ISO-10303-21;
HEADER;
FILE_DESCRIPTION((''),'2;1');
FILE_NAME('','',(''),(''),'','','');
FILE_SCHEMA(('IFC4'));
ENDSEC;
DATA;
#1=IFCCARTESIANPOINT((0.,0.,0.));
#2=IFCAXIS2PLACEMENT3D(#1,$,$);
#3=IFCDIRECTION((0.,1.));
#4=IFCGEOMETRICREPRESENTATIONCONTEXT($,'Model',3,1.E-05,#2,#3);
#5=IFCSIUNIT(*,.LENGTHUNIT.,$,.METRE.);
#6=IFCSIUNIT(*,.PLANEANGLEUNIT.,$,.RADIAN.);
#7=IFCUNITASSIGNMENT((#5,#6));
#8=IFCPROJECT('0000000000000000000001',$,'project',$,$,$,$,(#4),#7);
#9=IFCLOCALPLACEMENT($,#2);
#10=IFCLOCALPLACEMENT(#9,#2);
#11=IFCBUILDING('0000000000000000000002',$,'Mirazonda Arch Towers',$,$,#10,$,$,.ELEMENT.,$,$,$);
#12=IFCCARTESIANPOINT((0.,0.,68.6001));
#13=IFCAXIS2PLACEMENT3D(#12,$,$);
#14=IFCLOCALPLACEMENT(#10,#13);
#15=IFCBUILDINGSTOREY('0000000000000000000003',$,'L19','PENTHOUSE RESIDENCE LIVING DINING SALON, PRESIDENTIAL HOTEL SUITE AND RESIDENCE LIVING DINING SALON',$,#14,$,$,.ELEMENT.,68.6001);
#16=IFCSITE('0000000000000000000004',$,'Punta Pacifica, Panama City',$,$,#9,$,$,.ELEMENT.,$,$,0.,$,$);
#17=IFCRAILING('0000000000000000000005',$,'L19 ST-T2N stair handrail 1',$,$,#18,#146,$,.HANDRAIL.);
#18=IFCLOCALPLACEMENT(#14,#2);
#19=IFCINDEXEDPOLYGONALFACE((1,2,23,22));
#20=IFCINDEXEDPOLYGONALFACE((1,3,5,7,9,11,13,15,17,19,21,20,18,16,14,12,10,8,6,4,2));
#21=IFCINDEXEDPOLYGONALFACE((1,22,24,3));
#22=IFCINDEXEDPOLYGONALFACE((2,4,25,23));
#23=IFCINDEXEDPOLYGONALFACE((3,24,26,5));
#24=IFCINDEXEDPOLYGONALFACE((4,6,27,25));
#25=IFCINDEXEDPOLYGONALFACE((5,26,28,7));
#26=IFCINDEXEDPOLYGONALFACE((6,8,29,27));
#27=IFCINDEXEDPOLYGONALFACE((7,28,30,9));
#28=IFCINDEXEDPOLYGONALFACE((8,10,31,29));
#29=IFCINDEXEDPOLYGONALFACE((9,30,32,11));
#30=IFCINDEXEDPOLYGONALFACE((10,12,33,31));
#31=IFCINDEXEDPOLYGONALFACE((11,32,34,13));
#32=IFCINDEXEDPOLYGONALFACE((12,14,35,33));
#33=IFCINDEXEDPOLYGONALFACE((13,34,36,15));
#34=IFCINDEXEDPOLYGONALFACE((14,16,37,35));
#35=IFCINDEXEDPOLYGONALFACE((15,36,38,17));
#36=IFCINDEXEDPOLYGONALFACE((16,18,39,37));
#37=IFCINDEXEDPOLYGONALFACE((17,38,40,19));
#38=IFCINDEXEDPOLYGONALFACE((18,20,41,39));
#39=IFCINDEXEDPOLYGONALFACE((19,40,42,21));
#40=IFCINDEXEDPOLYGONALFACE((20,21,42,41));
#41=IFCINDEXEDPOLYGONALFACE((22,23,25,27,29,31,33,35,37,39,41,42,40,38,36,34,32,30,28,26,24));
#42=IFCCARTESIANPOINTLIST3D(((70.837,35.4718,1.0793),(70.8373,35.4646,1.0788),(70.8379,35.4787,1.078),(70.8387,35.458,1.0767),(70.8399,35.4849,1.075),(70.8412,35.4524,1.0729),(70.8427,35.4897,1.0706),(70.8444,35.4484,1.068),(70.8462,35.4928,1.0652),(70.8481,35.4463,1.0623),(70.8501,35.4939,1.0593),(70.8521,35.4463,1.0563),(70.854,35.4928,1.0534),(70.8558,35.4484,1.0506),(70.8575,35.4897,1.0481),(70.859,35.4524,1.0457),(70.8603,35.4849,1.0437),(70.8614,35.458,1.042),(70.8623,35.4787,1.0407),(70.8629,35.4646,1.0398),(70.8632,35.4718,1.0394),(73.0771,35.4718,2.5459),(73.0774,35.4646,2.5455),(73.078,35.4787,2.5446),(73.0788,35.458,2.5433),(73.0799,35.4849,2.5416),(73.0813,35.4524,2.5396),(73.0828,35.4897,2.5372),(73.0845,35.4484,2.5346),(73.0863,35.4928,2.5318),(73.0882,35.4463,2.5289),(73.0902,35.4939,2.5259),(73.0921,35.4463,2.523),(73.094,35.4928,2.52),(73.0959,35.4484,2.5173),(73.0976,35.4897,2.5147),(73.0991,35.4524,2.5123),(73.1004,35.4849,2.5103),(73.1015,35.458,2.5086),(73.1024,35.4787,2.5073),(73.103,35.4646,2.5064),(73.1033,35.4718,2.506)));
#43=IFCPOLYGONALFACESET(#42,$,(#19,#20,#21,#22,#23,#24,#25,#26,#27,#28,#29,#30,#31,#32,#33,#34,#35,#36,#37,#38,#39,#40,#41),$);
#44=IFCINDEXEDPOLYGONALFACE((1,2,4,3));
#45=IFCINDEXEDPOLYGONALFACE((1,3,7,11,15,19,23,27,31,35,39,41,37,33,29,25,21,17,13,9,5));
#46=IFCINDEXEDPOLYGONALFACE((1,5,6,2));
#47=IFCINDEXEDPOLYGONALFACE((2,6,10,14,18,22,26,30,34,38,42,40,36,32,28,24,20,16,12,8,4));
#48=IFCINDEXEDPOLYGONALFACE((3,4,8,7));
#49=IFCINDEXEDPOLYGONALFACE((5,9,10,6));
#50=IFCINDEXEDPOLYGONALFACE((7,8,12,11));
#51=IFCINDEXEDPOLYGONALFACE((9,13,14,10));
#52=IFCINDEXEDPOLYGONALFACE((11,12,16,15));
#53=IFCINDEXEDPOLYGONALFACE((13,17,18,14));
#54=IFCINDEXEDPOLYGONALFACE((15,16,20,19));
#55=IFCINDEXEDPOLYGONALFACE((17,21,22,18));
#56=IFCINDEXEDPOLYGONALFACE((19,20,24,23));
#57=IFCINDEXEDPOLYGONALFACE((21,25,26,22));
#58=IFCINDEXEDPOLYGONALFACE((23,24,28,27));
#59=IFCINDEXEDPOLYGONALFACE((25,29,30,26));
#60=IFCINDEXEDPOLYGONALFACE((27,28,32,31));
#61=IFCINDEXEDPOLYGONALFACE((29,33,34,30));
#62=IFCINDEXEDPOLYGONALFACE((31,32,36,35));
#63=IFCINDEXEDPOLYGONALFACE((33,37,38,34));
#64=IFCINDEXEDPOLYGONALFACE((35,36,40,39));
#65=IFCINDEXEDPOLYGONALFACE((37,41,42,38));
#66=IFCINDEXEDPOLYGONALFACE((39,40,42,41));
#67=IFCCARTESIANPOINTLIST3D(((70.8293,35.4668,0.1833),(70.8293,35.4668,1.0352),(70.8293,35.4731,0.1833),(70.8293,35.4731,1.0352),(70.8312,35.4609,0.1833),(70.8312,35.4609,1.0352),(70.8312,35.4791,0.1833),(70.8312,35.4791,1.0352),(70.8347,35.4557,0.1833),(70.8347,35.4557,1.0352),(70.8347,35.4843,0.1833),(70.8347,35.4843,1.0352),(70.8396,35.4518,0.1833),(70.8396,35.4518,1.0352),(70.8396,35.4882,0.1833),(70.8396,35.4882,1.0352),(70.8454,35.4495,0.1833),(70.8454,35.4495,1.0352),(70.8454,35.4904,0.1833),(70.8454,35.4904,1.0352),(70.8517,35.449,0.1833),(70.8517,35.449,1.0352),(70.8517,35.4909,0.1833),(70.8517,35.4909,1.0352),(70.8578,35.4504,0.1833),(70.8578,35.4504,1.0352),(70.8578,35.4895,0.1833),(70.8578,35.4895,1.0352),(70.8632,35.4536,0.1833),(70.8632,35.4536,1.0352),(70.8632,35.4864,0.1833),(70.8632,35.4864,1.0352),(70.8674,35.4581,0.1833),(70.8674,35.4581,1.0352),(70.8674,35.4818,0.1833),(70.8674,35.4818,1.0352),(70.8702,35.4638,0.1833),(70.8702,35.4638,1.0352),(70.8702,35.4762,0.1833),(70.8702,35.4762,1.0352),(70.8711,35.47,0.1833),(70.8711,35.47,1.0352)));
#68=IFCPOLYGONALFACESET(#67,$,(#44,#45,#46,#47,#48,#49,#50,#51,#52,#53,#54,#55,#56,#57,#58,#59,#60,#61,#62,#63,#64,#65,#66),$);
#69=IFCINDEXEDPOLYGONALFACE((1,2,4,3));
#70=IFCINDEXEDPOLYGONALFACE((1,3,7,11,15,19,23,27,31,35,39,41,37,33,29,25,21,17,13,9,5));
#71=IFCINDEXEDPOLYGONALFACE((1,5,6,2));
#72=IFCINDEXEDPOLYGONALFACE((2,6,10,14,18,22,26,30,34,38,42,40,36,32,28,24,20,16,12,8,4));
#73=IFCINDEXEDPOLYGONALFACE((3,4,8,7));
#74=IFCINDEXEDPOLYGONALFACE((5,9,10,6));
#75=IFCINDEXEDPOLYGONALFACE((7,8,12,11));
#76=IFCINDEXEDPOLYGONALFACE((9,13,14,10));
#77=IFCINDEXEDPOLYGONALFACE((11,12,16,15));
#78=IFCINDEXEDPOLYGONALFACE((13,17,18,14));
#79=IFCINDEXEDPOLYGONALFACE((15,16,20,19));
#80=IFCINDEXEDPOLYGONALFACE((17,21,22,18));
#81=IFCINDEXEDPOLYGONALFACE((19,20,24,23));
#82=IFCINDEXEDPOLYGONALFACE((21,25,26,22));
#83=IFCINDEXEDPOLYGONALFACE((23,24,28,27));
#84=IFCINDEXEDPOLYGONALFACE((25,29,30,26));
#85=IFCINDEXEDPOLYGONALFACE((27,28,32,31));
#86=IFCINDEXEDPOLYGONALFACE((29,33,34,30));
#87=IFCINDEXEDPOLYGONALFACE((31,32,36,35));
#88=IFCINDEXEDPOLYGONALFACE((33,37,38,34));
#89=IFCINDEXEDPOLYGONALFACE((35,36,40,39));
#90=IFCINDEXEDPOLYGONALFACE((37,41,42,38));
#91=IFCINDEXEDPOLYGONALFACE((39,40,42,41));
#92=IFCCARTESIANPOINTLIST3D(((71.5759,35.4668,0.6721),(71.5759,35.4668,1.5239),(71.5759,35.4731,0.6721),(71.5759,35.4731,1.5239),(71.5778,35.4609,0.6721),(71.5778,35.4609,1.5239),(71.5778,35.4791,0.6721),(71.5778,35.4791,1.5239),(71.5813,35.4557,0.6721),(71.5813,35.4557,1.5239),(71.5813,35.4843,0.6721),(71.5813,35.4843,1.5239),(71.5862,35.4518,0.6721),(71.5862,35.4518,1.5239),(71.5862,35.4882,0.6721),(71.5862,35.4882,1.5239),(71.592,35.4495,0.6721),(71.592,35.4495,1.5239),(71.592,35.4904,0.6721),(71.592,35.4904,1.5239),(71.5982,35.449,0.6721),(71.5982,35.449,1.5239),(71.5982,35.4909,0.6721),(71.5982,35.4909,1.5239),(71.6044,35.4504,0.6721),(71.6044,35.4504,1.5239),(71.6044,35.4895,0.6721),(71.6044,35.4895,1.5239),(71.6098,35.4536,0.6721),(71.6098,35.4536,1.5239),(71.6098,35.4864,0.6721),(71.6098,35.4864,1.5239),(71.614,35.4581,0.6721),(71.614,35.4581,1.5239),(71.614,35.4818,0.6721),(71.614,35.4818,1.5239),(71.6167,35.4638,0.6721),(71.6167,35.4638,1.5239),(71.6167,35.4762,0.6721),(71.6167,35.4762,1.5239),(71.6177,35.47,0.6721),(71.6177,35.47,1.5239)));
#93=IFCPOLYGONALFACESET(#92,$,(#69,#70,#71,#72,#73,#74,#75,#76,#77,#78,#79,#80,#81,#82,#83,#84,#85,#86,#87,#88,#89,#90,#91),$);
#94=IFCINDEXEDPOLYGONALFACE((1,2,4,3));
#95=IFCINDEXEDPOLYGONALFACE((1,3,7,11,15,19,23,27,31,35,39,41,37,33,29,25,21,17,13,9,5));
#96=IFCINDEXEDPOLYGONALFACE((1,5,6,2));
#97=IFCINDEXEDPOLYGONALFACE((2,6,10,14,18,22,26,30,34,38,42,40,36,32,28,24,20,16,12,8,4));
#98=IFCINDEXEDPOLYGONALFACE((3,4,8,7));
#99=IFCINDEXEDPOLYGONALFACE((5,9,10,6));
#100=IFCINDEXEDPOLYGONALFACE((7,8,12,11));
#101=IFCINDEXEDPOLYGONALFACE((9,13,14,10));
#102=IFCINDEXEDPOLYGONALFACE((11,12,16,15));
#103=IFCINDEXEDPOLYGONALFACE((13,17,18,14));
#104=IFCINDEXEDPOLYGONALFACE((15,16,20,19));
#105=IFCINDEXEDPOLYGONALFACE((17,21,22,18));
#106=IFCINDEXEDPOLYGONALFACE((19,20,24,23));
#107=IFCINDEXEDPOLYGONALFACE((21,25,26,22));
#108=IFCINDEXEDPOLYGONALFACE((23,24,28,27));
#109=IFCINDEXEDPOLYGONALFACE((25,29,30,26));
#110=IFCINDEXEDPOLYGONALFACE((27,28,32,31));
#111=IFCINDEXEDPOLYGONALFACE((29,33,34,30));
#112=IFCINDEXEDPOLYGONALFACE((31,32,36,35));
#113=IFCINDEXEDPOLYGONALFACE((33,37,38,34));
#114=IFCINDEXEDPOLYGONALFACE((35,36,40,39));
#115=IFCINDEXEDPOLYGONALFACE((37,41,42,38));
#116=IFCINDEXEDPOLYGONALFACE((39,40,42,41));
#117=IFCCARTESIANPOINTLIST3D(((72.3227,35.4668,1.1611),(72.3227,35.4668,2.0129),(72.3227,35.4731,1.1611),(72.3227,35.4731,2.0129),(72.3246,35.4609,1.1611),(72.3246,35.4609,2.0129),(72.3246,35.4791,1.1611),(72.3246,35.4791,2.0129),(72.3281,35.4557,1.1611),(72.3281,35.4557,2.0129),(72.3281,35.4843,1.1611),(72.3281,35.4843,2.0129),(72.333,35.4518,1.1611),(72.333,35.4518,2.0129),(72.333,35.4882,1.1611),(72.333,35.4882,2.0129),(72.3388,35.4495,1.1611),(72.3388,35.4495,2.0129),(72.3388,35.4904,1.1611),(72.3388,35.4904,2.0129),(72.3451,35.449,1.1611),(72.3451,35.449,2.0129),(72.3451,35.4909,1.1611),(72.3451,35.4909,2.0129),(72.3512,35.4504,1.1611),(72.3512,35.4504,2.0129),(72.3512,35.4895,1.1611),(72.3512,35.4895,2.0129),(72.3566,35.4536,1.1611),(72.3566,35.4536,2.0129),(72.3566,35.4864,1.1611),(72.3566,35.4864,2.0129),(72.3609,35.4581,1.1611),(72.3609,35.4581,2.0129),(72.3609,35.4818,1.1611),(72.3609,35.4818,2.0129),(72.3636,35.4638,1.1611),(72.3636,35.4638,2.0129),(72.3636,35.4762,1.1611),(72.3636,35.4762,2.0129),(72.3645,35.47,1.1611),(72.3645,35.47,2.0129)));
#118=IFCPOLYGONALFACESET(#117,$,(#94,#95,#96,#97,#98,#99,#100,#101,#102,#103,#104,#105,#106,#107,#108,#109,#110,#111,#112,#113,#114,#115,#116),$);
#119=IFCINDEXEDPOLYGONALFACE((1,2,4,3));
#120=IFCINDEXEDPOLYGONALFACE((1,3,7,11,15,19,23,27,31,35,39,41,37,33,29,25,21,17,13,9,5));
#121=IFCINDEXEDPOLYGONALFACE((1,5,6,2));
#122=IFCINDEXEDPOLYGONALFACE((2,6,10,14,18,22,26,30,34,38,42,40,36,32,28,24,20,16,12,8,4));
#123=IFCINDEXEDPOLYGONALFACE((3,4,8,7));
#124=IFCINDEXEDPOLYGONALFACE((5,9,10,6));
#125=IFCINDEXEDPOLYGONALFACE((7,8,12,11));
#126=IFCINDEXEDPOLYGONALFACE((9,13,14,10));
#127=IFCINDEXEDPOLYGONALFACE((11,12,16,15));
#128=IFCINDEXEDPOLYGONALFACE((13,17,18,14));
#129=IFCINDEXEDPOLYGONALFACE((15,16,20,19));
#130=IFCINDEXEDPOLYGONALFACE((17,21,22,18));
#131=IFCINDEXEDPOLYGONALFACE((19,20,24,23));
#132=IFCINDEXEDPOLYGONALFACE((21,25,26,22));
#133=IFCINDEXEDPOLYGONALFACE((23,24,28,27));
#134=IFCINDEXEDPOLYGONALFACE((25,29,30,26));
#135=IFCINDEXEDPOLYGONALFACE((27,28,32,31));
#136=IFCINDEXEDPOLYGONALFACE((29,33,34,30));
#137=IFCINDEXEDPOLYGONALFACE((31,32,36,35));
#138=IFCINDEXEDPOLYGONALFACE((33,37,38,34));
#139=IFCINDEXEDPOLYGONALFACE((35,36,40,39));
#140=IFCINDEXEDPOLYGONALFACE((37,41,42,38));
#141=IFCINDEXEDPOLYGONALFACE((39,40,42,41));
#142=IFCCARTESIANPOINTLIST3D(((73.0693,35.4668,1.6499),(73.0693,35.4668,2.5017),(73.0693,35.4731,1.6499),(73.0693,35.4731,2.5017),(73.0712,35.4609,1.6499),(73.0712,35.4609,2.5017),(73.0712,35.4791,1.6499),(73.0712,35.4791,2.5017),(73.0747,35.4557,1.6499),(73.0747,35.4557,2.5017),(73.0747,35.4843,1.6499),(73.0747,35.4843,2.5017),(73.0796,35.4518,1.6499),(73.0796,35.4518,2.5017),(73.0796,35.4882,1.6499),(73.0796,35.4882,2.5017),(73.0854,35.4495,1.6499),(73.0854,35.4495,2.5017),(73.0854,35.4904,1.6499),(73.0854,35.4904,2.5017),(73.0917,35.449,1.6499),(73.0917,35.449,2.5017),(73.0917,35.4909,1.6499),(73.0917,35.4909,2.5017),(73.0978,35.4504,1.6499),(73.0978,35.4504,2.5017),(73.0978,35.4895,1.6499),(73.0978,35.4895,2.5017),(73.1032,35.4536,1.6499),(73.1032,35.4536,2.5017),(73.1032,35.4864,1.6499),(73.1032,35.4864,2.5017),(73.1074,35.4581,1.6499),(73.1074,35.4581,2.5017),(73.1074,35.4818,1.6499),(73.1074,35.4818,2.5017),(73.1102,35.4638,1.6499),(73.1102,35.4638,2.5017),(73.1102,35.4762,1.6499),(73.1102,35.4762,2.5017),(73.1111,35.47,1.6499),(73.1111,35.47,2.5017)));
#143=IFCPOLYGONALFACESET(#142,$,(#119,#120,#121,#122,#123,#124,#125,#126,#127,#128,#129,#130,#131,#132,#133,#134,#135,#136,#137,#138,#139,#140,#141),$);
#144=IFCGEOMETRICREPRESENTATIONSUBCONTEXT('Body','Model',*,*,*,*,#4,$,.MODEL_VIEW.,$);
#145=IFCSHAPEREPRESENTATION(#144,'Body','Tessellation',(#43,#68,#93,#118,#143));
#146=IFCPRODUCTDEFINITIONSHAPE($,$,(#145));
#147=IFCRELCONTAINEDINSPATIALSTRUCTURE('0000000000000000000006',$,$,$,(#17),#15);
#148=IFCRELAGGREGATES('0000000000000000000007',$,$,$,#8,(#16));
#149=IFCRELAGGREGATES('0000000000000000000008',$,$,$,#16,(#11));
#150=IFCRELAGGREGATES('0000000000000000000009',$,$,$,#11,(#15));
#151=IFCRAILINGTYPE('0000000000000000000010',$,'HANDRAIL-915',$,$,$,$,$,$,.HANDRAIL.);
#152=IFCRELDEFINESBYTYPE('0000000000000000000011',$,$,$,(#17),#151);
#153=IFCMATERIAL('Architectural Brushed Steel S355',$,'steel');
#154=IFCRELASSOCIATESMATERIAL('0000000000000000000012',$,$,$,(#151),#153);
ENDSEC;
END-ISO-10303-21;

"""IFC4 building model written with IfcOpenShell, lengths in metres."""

from ifc_helpers import new_model, si_unit, direction, frame, origin, origin_2d, place, context, subcontext, project, spatial, circle, extrude, material, type_object, element, save


model = new_model("IFC4")

# Units and contexts
model_context = context("Model", 3, precision=1e-05, world=origin(), true_north=direction((0.0, 1.0)))
body_context = subcontext(model_context, "Body", "Model", "MODEL_VIEW")
ifc_project = project(units=[si_unit("LENGTHUNIT", "METRE"), si_unit("PLANEANGLEUNIT", "RADIAN")], contexts=[model_context])

# Site, building, storey
site_placement = place(None, origin())
site = spatial("IfcSite", under=ifc_project, at=site_placement, Name="Punta Pacifica, Panama City", CompositionType="ELEMENT", RefElevation=0.0)
building_placement = place(site_placement, origin())
building = spatial("IfcBuilding", under=site, at=building_placement, Name="Mirazonda Arch Towers", CompositionType="ELEMENT")
storey_placement = place(building_placement, frame((0.0, 0.0, 68.6001)))
storey = spatial("IfcBuildingStorey", under=building, at=storey_placement, Name="L19", Description="PENTHOUSE RESIDENCE LIVING DINING SALON, PRESIDENTIAL HOTEL SUITE AND RESIDENCE LIVING DINING SALON", CompositionType="ELEMENT", Elevation=68.6001)

# Shared definitions
ifc_material_1 = material(Name="Architectural Brushed Steel S355", Category="steel")

# Railing
railing_type = type_object("IfcRailingType", Name="HANDRAIL-915", PredefinedType="HANDRAIL", material=ifc_material_1)
railing_placement = place(storey_placement, frame((70.8501, 35.47, 0.1833)))
element("IfcRailing", 1, at=railing_placement, inside=storey, type_object=railing_type, Name="L19 ST-T2N stair handrail 1", PredefinedType="HANDRAIL", context=body_context, shape_type="SweptSolid", body=[
    extrude(circle(Radius=0.0239, at=origin_2d()), frame((0.0, 0.0, 0.876), z_axis=(0.836637, 0.0, 0.547758), x_axis=(0.0, 1.0, 0.0)), (0.0, 0.0, 1.0), 2.6775),
    extrude(circle(Radius=0.021, at=origin_2d()), origin(), (0.0, 0.0, 1.0), 0.8518),
    extrude(circle(Radius=0.021, at=origin_2d()), frame((0.7466, 0.0, 0.4888)), (0.0, 0.0, 1.0), 0.8518),
    extrude(circle(Radius=0.021, at=origin_2d()), frame((1.4934, 0.0, 0.9778)), (0.0, 0.0, 1.0), 0.8518),
    extrude(circle(Radius=0.021, at=origin_2d()), frame((2.24, 0.0, 1.4666)), (0.0, 0.0, 1.0), 0.8518),
])

save(model, "model.ifc")
